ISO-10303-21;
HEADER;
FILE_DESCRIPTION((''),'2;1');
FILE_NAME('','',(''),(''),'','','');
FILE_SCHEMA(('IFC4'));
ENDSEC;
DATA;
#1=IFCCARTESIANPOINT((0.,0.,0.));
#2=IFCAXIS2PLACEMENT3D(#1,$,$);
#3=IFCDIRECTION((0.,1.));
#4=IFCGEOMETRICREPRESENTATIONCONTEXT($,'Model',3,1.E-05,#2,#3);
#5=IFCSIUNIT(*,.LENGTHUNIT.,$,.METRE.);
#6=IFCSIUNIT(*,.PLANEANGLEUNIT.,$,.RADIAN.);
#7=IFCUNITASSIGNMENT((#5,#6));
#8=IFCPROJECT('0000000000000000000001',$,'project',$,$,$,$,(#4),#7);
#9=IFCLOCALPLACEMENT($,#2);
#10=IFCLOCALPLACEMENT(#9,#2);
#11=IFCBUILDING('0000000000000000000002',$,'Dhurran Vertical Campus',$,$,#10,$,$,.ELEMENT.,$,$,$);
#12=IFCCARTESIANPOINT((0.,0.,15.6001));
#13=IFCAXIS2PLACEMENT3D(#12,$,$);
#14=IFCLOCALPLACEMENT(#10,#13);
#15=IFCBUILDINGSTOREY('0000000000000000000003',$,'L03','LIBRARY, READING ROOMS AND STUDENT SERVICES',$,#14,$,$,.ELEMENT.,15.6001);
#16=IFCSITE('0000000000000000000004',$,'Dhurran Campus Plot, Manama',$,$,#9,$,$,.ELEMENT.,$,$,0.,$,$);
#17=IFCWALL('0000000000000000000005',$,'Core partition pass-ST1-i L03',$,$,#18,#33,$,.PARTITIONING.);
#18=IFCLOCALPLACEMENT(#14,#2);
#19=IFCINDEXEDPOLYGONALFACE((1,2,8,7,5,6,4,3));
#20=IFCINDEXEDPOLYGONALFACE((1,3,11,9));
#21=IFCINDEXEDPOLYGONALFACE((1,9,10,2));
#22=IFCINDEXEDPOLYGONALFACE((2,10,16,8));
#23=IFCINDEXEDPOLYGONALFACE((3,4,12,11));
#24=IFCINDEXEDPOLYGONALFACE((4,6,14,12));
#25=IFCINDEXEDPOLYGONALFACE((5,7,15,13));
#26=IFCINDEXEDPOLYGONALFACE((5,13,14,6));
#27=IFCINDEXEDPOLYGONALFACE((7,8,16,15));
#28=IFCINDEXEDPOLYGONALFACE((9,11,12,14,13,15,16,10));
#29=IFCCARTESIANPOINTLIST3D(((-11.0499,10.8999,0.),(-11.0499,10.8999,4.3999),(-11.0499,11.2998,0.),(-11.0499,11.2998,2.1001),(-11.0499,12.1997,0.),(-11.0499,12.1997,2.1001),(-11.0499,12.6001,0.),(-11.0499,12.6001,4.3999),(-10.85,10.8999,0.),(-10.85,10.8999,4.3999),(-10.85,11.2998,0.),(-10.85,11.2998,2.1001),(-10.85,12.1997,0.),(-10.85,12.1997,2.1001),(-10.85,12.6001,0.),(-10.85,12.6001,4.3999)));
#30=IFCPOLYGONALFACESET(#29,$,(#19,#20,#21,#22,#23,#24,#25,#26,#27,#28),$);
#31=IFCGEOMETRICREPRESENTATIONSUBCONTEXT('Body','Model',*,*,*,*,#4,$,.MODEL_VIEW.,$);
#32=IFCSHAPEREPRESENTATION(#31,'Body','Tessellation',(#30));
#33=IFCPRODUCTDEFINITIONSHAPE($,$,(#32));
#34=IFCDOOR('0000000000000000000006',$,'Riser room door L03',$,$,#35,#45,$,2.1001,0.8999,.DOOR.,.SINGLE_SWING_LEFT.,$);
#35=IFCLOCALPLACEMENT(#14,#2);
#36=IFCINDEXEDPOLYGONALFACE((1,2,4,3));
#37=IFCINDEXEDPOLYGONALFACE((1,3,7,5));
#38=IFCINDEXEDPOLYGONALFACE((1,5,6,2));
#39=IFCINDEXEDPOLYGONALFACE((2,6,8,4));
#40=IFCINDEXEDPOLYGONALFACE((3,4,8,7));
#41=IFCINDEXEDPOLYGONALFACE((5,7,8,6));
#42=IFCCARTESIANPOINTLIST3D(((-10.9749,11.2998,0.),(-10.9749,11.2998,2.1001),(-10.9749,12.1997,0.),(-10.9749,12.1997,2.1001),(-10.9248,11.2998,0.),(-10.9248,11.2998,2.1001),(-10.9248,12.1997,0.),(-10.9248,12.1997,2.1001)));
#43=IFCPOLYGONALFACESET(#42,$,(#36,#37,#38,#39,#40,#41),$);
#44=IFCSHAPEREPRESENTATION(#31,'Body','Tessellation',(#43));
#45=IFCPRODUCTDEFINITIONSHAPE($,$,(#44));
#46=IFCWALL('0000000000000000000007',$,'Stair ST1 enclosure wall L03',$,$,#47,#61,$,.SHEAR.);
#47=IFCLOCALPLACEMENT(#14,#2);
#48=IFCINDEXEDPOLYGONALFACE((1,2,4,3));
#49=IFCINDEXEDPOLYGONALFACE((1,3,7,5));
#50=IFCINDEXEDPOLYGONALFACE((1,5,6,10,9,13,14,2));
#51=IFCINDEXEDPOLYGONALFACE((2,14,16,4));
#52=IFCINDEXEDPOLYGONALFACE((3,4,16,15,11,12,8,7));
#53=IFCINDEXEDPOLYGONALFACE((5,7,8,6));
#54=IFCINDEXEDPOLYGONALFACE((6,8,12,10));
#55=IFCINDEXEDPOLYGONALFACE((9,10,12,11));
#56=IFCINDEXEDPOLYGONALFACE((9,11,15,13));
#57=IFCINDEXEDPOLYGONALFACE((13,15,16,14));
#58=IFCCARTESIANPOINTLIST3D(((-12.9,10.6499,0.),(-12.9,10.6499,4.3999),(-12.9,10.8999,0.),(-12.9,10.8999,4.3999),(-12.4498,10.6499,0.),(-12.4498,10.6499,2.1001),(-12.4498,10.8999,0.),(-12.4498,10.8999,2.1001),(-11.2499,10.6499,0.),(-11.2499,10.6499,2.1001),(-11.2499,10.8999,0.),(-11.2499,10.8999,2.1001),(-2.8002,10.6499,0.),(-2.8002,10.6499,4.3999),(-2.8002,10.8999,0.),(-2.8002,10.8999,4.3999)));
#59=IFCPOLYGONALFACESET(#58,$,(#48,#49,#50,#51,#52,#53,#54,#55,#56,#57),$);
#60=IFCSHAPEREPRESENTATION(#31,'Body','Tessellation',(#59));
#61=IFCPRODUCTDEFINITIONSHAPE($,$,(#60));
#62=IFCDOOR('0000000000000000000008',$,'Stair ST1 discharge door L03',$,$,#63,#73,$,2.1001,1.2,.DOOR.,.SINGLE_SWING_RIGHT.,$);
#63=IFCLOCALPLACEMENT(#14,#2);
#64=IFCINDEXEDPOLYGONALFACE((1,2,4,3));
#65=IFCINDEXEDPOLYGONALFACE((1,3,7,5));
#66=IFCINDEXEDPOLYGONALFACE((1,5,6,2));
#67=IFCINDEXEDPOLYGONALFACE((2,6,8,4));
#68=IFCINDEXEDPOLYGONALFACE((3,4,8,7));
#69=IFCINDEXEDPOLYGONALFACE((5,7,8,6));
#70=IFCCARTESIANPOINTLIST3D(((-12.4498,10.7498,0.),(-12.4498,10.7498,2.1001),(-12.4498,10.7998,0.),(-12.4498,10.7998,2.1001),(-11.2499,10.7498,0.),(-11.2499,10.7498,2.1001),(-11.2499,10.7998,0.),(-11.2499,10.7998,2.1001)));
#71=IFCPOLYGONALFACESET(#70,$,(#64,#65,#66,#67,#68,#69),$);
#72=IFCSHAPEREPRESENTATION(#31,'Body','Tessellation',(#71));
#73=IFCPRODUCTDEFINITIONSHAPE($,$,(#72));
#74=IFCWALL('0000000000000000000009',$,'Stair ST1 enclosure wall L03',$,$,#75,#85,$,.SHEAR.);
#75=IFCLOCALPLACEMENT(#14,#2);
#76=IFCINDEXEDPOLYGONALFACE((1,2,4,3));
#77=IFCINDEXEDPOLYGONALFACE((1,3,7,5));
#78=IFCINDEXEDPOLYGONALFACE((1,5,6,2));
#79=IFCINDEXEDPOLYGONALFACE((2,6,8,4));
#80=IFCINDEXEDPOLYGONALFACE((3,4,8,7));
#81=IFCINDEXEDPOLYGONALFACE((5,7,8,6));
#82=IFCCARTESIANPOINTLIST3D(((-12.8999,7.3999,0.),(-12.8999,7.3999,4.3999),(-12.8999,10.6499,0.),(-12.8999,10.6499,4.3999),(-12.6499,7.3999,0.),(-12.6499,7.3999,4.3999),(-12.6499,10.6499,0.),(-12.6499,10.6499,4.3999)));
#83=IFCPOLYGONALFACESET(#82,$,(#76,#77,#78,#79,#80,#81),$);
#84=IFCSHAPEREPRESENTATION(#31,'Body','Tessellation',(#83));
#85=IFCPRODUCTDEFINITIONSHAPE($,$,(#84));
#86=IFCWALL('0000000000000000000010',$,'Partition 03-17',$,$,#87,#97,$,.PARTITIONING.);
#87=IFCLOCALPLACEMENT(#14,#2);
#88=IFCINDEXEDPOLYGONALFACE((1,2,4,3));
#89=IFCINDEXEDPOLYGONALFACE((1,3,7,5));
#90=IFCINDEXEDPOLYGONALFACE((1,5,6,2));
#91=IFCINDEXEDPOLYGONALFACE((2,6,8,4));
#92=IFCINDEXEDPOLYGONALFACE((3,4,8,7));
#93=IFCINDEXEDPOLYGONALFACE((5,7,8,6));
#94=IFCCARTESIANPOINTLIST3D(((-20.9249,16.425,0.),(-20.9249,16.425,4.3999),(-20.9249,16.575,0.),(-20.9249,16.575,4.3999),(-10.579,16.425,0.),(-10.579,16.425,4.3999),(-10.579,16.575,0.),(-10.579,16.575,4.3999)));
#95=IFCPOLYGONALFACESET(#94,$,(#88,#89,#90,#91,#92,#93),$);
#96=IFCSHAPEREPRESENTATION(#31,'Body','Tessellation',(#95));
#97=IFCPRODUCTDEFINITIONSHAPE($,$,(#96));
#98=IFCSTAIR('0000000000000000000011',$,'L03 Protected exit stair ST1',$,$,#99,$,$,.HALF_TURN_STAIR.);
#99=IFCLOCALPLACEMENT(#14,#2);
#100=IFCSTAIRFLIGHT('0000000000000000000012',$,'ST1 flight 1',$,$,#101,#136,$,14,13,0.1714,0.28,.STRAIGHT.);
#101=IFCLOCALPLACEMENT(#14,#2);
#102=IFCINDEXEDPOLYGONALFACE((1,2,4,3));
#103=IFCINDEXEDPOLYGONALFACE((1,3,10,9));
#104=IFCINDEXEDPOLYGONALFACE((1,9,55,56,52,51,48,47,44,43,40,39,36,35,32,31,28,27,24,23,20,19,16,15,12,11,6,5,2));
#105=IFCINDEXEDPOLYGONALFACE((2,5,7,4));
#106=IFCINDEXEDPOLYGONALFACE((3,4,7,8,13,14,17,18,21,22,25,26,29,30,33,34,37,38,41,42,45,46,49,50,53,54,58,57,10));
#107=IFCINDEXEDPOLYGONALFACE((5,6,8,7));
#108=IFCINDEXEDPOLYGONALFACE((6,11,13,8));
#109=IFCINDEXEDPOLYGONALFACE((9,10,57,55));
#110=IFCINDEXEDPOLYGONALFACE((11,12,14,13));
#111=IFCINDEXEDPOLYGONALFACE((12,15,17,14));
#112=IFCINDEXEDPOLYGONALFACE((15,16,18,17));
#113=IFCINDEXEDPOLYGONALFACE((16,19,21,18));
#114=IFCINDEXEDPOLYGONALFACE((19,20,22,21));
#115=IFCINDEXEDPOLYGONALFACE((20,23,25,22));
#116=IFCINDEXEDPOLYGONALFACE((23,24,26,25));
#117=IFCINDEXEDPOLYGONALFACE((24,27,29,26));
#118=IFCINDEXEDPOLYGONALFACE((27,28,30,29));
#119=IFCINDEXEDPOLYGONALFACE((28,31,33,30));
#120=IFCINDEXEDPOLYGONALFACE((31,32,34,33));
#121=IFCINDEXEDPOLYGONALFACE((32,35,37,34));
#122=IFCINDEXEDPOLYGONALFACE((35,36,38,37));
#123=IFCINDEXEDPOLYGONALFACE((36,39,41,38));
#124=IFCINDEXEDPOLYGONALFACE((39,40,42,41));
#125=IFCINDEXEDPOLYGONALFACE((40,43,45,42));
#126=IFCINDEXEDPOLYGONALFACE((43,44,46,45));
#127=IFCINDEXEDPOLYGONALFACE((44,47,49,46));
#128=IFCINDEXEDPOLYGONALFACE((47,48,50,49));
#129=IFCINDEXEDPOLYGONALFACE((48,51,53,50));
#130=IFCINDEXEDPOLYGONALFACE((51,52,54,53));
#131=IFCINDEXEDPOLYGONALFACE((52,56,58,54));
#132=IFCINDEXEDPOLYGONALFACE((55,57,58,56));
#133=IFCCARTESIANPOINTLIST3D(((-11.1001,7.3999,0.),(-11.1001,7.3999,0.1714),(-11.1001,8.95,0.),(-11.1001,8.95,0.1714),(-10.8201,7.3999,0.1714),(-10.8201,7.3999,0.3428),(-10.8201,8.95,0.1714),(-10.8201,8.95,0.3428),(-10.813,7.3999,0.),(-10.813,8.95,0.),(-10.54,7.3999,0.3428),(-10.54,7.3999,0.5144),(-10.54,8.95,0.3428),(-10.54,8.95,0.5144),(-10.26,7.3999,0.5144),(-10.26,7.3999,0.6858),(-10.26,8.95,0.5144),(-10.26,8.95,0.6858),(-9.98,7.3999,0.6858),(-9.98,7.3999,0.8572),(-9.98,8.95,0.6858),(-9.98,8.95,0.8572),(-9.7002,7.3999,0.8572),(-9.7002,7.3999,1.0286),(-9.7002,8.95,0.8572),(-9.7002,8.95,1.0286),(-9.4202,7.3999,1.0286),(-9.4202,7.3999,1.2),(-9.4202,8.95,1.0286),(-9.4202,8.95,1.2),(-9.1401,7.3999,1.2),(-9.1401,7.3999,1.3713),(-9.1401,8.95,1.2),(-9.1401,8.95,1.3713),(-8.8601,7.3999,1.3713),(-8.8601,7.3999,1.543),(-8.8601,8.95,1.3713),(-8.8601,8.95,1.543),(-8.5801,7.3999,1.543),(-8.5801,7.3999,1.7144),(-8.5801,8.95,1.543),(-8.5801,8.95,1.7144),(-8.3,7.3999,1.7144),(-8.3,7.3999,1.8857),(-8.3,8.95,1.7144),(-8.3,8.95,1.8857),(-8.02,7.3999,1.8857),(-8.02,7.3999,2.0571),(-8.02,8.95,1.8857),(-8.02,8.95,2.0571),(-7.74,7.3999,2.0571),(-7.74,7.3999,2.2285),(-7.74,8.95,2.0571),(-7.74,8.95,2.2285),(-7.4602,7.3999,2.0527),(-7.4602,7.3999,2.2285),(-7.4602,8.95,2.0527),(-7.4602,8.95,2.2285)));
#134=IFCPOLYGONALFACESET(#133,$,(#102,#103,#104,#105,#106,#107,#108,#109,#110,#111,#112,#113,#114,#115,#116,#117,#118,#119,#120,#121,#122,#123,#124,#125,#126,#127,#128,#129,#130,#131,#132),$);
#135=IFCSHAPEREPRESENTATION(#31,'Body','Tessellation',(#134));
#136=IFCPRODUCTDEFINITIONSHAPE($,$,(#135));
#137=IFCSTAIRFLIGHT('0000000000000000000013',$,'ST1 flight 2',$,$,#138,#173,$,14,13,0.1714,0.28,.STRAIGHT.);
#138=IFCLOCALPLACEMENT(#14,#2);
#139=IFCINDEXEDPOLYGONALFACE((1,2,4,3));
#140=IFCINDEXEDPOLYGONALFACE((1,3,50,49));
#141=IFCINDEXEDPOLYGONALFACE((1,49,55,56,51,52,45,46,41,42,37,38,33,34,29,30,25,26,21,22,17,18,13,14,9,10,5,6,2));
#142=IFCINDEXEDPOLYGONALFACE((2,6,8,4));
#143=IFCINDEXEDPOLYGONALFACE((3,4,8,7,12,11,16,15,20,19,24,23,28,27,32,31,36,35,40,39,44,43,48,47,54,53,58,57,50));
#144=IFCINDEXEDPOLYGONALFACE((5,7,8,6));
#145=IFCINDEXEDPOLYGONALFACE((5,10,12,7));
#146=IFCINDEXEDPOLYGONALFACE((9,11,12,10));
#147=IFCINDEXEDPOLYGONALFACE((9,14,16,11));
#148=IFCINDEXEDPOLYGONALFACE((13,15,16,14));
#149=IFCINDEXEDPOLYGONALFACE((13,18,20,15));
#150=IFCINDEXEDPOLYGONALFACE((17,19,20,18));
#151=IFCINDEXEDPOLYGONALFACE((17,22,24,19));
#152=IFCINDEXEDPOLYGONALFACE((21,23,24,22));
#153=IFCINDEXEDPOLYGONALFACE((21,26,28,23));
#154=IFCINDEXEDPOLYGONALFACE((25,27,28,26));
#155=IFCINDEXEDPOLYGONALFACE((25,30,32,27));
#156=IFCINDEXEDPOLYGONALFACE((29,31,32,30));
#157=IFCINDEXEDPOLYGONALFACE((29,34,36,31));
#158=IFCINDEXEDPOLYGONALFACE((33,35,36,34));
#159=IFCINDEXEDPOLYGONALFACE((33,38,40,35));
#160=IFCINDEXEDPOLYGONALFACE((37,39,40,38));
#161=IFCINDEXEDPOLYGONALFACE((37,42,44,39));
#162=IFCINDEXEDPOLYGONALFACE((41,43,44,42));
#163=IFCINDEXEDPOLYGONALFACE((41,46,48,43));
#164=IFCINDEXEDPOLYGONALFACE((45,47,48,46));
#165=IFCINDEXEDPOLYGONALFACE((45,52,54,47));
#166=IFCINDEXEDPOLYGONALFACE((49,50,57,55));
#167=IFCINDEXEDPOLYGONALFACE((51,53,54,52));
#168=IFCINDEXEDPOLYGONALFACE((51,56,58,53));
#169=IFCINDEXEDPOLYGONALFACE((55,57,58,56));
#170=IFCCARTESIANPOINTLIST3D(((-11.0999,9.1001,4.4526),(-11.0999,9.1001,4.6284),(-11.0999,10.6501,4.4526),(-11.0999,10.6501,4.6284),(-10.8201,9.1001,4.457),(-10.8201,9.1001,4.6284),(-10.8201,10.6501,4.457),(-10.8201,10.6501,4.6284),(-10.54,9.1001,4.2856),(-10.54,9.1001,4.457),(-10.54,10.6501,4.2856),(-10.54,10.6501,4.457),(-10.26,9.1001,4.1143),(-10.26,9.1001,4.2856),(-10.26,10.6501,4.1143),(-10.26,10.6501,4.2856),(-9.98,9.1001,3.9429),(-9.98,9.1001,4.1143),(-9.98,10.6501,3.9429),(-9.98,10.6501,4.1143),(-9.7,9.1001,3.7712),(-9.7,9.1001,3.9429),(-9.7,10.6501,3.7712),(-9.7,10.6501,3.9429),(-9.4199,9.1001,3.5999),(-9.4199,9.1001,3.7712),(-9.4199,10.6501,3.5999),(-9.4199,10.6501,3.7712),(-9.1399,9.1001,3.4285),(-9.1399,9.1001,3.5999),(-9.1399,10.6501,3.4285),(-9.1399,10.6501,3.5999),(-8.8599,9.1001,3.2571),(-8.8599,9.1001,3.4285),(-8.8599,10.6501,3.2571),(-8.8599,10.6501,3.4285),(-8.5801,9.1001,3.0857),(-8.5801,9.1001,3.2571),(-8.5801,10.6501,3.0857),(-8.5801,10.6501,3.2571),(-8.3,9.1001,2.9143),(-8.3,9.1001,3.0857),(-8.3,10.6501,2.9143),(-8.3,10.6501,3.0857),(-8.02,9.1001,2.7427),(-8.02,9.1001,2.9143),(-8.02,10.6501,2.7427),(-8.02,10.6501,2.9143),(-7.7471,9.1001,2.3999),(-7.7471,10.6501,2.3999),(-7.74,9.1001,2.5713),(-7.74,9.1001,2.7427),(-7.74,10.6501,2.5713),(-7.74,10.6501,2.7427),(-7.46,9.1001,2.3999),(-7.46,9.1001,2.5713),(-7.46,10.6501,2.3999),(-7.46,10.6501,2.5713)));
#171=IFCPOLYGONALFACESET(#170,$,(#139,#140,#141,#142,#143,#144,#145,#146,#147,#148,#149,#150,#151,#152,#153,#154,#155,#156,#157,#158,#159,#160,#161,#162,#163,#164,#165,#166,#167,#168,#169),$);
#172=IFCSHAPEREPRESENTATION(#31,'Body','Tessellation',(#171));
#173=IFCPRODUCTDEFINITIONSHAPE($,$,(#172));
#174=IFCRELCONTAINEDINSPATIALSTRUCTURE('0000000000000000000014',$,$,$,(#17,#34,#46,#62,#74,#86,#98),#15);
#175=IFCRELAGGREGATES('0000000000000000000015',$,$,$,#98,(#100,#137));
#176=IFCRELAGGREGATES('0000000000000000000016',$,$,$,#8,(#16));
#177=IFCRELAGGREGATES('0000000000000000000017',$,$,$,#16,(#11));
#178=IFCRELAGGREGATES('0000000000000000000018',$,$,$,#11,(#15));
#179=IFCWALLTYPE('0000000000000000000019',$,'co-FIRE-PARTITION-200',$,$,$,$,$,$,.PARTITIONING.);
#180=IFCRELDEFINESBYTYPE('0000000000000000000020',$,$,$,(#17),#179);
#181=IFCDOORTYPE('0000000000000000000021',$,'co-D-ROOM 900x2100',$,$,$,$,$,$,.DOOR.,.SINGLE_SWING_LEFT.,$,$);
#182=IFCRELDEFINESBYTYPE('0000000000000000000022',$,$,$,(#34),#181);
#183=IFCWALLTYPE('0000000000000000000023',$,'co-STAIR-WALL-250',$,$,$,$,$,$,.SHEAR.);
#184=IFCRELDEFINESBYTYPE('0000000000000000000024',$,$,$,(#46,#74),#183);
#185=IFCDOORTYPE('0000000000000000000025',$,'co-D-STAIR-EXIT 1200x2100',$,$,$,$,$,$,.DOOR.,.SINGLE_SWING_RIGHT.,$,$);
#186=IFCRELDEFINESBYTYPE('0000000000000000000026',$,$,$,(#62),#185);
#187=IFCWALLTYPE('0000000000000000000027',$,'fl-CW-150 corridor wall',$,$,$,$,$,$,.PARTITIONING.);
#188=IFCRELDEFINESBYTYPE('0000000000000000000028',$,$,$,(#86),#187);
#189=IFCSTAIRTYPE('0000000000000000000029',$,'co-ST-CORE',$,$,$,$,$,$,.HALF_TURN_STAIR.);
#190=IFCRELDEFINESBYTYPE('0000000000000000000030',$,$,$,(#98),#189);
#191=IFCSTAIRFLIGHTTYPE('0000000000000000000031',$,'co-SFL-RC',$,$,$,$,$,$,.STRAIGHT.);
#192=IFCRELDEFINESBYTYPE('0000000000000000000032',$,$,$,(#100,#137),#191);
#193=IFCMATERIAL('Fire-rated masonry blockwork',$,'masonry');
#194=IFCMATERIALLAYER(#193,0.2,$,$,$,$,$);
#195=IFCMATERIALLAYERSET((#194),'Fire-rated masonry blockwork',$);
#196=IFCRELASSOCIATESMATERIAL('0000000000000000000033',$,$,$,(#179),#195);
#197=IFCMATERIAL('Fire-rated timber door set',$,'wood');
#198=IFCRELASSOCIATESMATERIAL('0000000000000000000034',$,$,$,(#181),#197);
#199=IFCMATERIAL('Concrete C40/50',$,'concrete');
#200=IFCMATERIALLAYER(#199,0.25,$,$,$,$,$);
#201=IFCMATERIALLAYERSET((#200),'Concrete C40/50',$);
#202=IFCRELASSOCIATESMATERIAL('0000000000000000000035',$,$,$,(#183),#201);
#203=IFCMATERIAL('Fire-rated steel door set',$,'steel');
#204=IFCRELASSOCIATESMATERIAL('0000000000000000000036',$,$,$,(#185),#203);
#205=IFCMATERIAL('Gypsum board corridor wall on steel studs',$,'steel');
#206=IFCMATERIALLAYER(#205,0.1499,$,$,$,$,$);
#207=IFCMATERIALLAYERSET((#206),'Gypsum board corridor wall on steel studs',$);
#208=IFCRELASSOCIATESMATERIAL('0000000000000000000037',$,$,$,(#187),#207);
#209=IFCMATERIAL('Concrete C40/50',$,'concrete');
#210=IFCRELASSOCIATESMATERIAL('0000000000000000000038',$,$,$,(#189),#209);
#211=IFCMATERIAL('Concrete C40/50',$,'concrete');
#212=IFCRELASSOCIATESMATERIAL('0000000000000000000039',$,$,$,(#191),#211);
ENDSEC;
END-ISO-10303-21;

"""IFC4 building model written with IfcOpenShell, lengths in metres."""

from ifc_helpers import new_model, si_unit, direction, frame, frame_2d, origin, place, context, subcontext, project, spatial, polyline, rectangle, outline, extrude, material, layer, layer_set, type_object, element, fill, aggregate, save


model = new_model("IFC4")

# Units and contexts
model_context = context("Model", 3, precision=1e-05, world=origin(), true_north=direction((0.0, 1.0)))
body_context = subcontext(model_context, "Body", "Model", "MODEL_VIEW")
ifc_project = project(units=[si_unit("LENGTHUNIT", "METRE"), si_unit("PLANEANGLEUNIT", "RADIAN")], contexts=[model_context])

# Site, building, storey
site_placement = place(None, origin())
site = spatial("IfcSite", under=ifc_project, at=site_placement, Name="Dhurran Campus Plot, Manama", CompositionType="ELEMENT", RefElevation=0.0)
building_placement = place(site_placement, origin())
building = spatial("IfcBuilding", under=site, at=building_placement, Name="Dhurran Vertical Campus", CompositionType="ELEMENT")
storey_placement = place(building_placement, frame((0.0, 0.0, 15.6001)))
storey = spatial("IfcBuildingStorey", under=building, at=storey_placement, Name="L03", Description="LIBRARY, READING ROOMS AND STUDENT SERVICES", CompositionType="ELEMENT", Elevation=15.6001)

# Shared definitions
ifc_material_1 = material(Name="Fire-rated masonry blockwork", Category="masonry")
ifc_layer_1 = layer(ifc_material_1, 0.2)
ifc_layer_set_1 = layer_set([ifc_layer_1], Name="Fire-rated masonry blockwork")
wall_type_1 = type_object("IfcWallType", Name="co-FIRE-PARTITION-200", PredefinedType="PARTITIONING", material=ifc_layer_set_1)

# Walls, openings, doors
wall_1_placement = place(storey_placement, frame((-10.95, 10.8999, 0.0), z_axis=(0.0, 0.0, 1.0), x_axis=(0.0, 1.0, 0.0)))
wall_1 = element("IfcWall", 1, at=wall_1_placement, inside=storey, type_object=wall_type_1, Name="Core partition pass-ST1-i L03", PredefinedType="PARTITIONING", context=body_context, shape_type="SweptSolid", body=[
    extrude(rectangle(XDim=1.7002, YDim=0.2, at=frame_2d((0.8501, 0.0))), origin(), (0.0, 0.0, 1.0), 4.3999),
])
opening_1_placement = place(wall_1_placement, frame((0.3999, 0.0, 0.0)))
opening_1 = element("IfcOpeningElement", 2, at=opening_1_placement, cuts=wall_1, PredefinedType="OPENING", context=body_context, shape_type="SweptSolid", body=[
    extrude(rectangle(XDim=0.8999, YDim=2.1001, at=frame_2d((0.45, 1.05))), frame((0.0, 0.1099, 0.0), z_axis=(0.0, -1.0, 0.0), x_axis=(1.0, 0.0, 0.0)), (0.0, 0.0, 1.0), 0.22),
])
ifc_material_2 = material(Name="Fire-rated timber door set", Category="wood")
door_type_1 = type_object("IfcDoorType", Name="co-D-ROOM 900x2100", OperationType="SINGLE_SWING_LEFT", PredefinedType="DOOR", material=ifc_material_2)
door_1_placement = place(opening_1_placement, origin())
door_1 = element("IfcDoor", 3, at=door_1_placement, inside=storey, type_object=door_type_1, Name="Riser room door L03", OperationType="SINGLE_SWING_LEFT", OverallHeight=2.1001, OverallWidth=0.8999, PredefinedType="DOOR", context=body_context, shape_type="SweptSolid", body=[
    extrude(rectangle(XDim=0.8999, YDim=2.1001, at=frame_2d((0.45, 1.05))), frame((0.0, 0.0249, 0.0), z_axis=(0.0, -1.0, 0.0), x_axis=(1.0, 0.0, 0.0)), (0.0, 0.0, 1.0), 0.05),
])
fill(opening_1, door_1)
ifc_material_3 = material(Name="Concrete C40/50", Category="concrete")
ifc_layer_2 = layer(ifc_material_3, 0.25)
ifc_layer_set_2 = layer_set([ifc_layer_2], Name="Concrete C40/50")
wall_type_2 = type_object("IfcWallType", Name="co-STAIR-WALL-250", PredefinedType="SHEAR", material=ifc_layer_set_2)
wall_2_placement = place(storey_placement, frame((-12.8999, 10.7749, 0.0), z_axis=(0.0, 0.0, 1.0), x_axis=(1.0, 0.0, 0.0)))
wall_2 = element("IfcWall", 4, at=wall_2_placement, inside=storey, type_object=wall_type_2, Name="Stair ST1 enclosure wall L03", PredefinedType="SHEAR", context=body_context, shape_type="SweptSolid", body=[
    extrude(rectangle(XDim=10.0999, YDim=0.25, at=frame_2d((5.0498, 0.0))), origin(), (0.0, 0.0, 1.0), 4.3999),
])
opening_2_placement = place(wall_2_placement, frame((0.45, 0.0, 0.0)))
opening_2 = element("IfcOpeningElement", 5, at=opening_2_placement, cuts=wall_2, PredefinedType="OPENING", context=body_context, shape_type="SweptSolid", body=[
    extrude(rectangle(XDim=1.2, YDim=2.1001, at=frame_2d((0.6001, 1.05))), frame((0.0, 0.135, 0.0), z_axis=(0.0, -1.0, 0.0), x_axis=(1.0, 0.0, 0.0)), (0.0, 0.0, 1.0), 0.27),
])
ifc_material_4 = material(Name="Fire-rated steel door set", Category="steel")
door_type_2 = type_object("IfcDoorType", Name="co-D-STAIR-EXIT 1200x2100", OperationType="SINGLE_SWING_RIGHT", PredefinedType="DOOR", material=ifc_material_4)
door_2_placement = place(opening_2_placement, origin())
door_2 = element("IfcDoor", 6, at=door_2_placement, inside=storey, type_object=door_type_2, Name="Stair ST1 discharge door L03", OperationType="SINGLE_SWING_RIGHT", OverallHeight=2.1001, OverallWidth=1.2, PredefinedType="DOOR", context=body_context, shape_type="SweptSolid", body=[
    extrude(rectangle(XDim=1.2, YDim=2.1001, at=frame_2d((0.6001, 1.05))), frame((0.0, 0.0249, 0.0), z_axis=(0.0, -1.0, 0.0), x_axis=(1.0, 0.0, 0.0)), (0.0, 0.0, 1.0), 0.05),
])
fill(opening_2, door_2)

# Walls
wall_3_placement = place(storey_placement, frame((-12.7749, 7.3999, 0.0), z_axis=(0.0, 0.0, 1.0), x_axis=(0.0, 1.0, 0.0)))
element("IfcWall", 7, at=wall_3_placement, inside=storey, type_object=wall_type_2, Name="Stair ST1 enclosure wall L03", PredefinedType="SHEAR", context=body_context, shape_type="SweptSolid", body=[
    extrude(rectangle(XDim=3.25, YDim=0.25, at=frame_2d((1.625, 0.0))), origin(), (0.0, 0.0, 1.0), 4.3999),
])
ifc_material_5 = material(Name="Gypsum board corridor wall on steel studs", Category="steel")
ifc_layer_3 = layer(ifc_material_5, 0.1499)
ifc_layer_set_3 = layer_set([ifc_layer_3], Name="Gypsum board corridor wall on steel studs")
wall_type_3 = type_object("IfcWallType", Name="fl-CW-150 corridor wall", PredefinedType="PARTITIONING", material=ifc_layer_set_3)
wall_4_placement = place(storey_placement, frame((-10.5791, 16.5, 0.0), z_axis=(0.0, 0.0, 1.0), x_axis=(-1.0, 0.0, 0.0)))
element("IfcWall", 8, at=wall_4_placement, inside=storey, type_object=wall_type_3, Name="Partition 03-17", PredefinedType="PARTITIONING", context=body_context, shape_type="SweptSolid", body=[
    extrude(rectangle(XDim=10.3459, YDim=0.1499, at=frame_2d((5.1729, 0.0))), origin(), (0.0, 0.0, 1.0), 4.3999),
])

# Stair, stair flights
ifc_material_6 = material(Name="Concrete C40/50", Category="concrete")
stair_type = type_object("IfcStairType", Name="co-ST-CORE", PredefinedType="HALF_TURN_STAIR", material=ifc_material_6)
stair_placement = place(storey_placement, origin())
stair = element("IfcStair", 9, at=stair_placement, inside=storey, type_object=stair_type, Name="L03 Protected exit stair ST1", PredefinedType="HALF_TURN_STAIR")
ifc_material_7 = material(Name="Concrete C40/50", Category="concrete")
stair_flight_type = type_object("IfcStairFlightType", Name="co-SFL-RC", PredefinedType="STRAIGHT", material=ifc_material_7)
stair_flight_1_placement = place(storey_placement, frame((-11.1001, 8.175, 0.0), z_axis=(0.0, 0.0, 1.0), x_axis=(1.0, 0.0, 0.0)))
stair_flight_1 = element("IfcStairFlight", 10, at=stair_flight_1_placement, type_object=stair_flight_type, Name="ST1 flight 1", NumberOfRisers=14, NumberOfTreads=13, PredefinedType="STRAIGHT", RiserHeight=0.1714, TreadLength=0.28, context=body_context, shape_type="SweptSolid", body=[
    extrude(outline(polyline([(0.0, 0.0), (0.0, 0.1714), (0.28, 0.1714), (0.28, 0.3428), (0.5601, 0.3428), (0.5601, 0.5144), (0.8401, 0.5144), (0.8401, 0.6858), (1.1201, 0.6858), (1.1201, 0.8572), (1.3999, 0.8572), (1.3999, 1.0286), (1.6799, 1.0286), (1.6799, 1.2), (1.96, 1.2), (1.96, 1.3713), (2.24, 1.3713), (2.24, 1.543), (2.52, 1.543), (2.52, 1.7144), (2.8, 1.7144), (2.8, 1.8857), (3.0801, 1.8857), (3.0801, 2.0571), (3.3601, 2.0571), (3.3601, 2.2285), (3.6399, 2.2285), (3.6399, 2.3999), (3.6399, 2.0527), (0.2871, 0.0), (0.0, 0.0)])), frame((0.0, 0.7749, 0.0), z_axis=(0.0, -1.0, 0.0), x_axis=(1.0, 0.0, 0.0)), (0.0, 0.0, 1.0), 1.55),
])
stair_flight_2_placement = place(storey_placement, frame((-7.46, 9.875, 2.3999), z_axis=(0.0, 0.0, 1.0), x_axis=(-1.0, 0.0, 0.0)))
stair_flight_2 = element("IfcStairFlight", 11, at=stair_flight_2_placement, type_object=stair_flight_type, Name="ST1 flight 2", NumberOfRisers=14, NumberOfTreads=13, PredefinedType="STRAIGHT", RiserHeight=0.1714, TreadLength=0.28, context=body_context, shape_type="SweptSolid", body=[
    extrude(outline(polyline([(0.0, 0.0), (0.0, 0.1714), (0.28, 0.1714), (0.28, 0.3428), (0.5601, 0.3428), (0.5601, 0.5144), (0.8401, 0.5144), (0.8401, 0.6858), (1.1201, 0.6858), (1.1201, 0.8572), (1.3999, 0.8572), (1.3999, 1.0286), (1.6799, 1.0286), (1.6799, 1.2), (1.96, 1.2), (1.96, 1.3713), (2.24, 1.3713), (2.24, 1.543), (2.52, 1.543), (2.52, 1.7144), (2.8, 1.7144), (2.8, 1.8857), (3.0801, 1.8857), (3.0801, 2.0571), (3.3601, 2.0571), (3.3601, 2.2285), (3.6399, 2.2285), (3.6399, 2.3999), (3.6399, 2.0527), (0.2871, 0.0), (0.0, 0.0)])), frame((0.0, 0.7749, 0.0), z_axis=(0.0, -1.0, 0.0), x_axis=(1.0, 0.0, 0.0)), (0.0, 0.0, 1.0), 1.55),
])
aggregate(stair, [stair_flight_1, stair_flight_2])

save(model, "model.ifc")
